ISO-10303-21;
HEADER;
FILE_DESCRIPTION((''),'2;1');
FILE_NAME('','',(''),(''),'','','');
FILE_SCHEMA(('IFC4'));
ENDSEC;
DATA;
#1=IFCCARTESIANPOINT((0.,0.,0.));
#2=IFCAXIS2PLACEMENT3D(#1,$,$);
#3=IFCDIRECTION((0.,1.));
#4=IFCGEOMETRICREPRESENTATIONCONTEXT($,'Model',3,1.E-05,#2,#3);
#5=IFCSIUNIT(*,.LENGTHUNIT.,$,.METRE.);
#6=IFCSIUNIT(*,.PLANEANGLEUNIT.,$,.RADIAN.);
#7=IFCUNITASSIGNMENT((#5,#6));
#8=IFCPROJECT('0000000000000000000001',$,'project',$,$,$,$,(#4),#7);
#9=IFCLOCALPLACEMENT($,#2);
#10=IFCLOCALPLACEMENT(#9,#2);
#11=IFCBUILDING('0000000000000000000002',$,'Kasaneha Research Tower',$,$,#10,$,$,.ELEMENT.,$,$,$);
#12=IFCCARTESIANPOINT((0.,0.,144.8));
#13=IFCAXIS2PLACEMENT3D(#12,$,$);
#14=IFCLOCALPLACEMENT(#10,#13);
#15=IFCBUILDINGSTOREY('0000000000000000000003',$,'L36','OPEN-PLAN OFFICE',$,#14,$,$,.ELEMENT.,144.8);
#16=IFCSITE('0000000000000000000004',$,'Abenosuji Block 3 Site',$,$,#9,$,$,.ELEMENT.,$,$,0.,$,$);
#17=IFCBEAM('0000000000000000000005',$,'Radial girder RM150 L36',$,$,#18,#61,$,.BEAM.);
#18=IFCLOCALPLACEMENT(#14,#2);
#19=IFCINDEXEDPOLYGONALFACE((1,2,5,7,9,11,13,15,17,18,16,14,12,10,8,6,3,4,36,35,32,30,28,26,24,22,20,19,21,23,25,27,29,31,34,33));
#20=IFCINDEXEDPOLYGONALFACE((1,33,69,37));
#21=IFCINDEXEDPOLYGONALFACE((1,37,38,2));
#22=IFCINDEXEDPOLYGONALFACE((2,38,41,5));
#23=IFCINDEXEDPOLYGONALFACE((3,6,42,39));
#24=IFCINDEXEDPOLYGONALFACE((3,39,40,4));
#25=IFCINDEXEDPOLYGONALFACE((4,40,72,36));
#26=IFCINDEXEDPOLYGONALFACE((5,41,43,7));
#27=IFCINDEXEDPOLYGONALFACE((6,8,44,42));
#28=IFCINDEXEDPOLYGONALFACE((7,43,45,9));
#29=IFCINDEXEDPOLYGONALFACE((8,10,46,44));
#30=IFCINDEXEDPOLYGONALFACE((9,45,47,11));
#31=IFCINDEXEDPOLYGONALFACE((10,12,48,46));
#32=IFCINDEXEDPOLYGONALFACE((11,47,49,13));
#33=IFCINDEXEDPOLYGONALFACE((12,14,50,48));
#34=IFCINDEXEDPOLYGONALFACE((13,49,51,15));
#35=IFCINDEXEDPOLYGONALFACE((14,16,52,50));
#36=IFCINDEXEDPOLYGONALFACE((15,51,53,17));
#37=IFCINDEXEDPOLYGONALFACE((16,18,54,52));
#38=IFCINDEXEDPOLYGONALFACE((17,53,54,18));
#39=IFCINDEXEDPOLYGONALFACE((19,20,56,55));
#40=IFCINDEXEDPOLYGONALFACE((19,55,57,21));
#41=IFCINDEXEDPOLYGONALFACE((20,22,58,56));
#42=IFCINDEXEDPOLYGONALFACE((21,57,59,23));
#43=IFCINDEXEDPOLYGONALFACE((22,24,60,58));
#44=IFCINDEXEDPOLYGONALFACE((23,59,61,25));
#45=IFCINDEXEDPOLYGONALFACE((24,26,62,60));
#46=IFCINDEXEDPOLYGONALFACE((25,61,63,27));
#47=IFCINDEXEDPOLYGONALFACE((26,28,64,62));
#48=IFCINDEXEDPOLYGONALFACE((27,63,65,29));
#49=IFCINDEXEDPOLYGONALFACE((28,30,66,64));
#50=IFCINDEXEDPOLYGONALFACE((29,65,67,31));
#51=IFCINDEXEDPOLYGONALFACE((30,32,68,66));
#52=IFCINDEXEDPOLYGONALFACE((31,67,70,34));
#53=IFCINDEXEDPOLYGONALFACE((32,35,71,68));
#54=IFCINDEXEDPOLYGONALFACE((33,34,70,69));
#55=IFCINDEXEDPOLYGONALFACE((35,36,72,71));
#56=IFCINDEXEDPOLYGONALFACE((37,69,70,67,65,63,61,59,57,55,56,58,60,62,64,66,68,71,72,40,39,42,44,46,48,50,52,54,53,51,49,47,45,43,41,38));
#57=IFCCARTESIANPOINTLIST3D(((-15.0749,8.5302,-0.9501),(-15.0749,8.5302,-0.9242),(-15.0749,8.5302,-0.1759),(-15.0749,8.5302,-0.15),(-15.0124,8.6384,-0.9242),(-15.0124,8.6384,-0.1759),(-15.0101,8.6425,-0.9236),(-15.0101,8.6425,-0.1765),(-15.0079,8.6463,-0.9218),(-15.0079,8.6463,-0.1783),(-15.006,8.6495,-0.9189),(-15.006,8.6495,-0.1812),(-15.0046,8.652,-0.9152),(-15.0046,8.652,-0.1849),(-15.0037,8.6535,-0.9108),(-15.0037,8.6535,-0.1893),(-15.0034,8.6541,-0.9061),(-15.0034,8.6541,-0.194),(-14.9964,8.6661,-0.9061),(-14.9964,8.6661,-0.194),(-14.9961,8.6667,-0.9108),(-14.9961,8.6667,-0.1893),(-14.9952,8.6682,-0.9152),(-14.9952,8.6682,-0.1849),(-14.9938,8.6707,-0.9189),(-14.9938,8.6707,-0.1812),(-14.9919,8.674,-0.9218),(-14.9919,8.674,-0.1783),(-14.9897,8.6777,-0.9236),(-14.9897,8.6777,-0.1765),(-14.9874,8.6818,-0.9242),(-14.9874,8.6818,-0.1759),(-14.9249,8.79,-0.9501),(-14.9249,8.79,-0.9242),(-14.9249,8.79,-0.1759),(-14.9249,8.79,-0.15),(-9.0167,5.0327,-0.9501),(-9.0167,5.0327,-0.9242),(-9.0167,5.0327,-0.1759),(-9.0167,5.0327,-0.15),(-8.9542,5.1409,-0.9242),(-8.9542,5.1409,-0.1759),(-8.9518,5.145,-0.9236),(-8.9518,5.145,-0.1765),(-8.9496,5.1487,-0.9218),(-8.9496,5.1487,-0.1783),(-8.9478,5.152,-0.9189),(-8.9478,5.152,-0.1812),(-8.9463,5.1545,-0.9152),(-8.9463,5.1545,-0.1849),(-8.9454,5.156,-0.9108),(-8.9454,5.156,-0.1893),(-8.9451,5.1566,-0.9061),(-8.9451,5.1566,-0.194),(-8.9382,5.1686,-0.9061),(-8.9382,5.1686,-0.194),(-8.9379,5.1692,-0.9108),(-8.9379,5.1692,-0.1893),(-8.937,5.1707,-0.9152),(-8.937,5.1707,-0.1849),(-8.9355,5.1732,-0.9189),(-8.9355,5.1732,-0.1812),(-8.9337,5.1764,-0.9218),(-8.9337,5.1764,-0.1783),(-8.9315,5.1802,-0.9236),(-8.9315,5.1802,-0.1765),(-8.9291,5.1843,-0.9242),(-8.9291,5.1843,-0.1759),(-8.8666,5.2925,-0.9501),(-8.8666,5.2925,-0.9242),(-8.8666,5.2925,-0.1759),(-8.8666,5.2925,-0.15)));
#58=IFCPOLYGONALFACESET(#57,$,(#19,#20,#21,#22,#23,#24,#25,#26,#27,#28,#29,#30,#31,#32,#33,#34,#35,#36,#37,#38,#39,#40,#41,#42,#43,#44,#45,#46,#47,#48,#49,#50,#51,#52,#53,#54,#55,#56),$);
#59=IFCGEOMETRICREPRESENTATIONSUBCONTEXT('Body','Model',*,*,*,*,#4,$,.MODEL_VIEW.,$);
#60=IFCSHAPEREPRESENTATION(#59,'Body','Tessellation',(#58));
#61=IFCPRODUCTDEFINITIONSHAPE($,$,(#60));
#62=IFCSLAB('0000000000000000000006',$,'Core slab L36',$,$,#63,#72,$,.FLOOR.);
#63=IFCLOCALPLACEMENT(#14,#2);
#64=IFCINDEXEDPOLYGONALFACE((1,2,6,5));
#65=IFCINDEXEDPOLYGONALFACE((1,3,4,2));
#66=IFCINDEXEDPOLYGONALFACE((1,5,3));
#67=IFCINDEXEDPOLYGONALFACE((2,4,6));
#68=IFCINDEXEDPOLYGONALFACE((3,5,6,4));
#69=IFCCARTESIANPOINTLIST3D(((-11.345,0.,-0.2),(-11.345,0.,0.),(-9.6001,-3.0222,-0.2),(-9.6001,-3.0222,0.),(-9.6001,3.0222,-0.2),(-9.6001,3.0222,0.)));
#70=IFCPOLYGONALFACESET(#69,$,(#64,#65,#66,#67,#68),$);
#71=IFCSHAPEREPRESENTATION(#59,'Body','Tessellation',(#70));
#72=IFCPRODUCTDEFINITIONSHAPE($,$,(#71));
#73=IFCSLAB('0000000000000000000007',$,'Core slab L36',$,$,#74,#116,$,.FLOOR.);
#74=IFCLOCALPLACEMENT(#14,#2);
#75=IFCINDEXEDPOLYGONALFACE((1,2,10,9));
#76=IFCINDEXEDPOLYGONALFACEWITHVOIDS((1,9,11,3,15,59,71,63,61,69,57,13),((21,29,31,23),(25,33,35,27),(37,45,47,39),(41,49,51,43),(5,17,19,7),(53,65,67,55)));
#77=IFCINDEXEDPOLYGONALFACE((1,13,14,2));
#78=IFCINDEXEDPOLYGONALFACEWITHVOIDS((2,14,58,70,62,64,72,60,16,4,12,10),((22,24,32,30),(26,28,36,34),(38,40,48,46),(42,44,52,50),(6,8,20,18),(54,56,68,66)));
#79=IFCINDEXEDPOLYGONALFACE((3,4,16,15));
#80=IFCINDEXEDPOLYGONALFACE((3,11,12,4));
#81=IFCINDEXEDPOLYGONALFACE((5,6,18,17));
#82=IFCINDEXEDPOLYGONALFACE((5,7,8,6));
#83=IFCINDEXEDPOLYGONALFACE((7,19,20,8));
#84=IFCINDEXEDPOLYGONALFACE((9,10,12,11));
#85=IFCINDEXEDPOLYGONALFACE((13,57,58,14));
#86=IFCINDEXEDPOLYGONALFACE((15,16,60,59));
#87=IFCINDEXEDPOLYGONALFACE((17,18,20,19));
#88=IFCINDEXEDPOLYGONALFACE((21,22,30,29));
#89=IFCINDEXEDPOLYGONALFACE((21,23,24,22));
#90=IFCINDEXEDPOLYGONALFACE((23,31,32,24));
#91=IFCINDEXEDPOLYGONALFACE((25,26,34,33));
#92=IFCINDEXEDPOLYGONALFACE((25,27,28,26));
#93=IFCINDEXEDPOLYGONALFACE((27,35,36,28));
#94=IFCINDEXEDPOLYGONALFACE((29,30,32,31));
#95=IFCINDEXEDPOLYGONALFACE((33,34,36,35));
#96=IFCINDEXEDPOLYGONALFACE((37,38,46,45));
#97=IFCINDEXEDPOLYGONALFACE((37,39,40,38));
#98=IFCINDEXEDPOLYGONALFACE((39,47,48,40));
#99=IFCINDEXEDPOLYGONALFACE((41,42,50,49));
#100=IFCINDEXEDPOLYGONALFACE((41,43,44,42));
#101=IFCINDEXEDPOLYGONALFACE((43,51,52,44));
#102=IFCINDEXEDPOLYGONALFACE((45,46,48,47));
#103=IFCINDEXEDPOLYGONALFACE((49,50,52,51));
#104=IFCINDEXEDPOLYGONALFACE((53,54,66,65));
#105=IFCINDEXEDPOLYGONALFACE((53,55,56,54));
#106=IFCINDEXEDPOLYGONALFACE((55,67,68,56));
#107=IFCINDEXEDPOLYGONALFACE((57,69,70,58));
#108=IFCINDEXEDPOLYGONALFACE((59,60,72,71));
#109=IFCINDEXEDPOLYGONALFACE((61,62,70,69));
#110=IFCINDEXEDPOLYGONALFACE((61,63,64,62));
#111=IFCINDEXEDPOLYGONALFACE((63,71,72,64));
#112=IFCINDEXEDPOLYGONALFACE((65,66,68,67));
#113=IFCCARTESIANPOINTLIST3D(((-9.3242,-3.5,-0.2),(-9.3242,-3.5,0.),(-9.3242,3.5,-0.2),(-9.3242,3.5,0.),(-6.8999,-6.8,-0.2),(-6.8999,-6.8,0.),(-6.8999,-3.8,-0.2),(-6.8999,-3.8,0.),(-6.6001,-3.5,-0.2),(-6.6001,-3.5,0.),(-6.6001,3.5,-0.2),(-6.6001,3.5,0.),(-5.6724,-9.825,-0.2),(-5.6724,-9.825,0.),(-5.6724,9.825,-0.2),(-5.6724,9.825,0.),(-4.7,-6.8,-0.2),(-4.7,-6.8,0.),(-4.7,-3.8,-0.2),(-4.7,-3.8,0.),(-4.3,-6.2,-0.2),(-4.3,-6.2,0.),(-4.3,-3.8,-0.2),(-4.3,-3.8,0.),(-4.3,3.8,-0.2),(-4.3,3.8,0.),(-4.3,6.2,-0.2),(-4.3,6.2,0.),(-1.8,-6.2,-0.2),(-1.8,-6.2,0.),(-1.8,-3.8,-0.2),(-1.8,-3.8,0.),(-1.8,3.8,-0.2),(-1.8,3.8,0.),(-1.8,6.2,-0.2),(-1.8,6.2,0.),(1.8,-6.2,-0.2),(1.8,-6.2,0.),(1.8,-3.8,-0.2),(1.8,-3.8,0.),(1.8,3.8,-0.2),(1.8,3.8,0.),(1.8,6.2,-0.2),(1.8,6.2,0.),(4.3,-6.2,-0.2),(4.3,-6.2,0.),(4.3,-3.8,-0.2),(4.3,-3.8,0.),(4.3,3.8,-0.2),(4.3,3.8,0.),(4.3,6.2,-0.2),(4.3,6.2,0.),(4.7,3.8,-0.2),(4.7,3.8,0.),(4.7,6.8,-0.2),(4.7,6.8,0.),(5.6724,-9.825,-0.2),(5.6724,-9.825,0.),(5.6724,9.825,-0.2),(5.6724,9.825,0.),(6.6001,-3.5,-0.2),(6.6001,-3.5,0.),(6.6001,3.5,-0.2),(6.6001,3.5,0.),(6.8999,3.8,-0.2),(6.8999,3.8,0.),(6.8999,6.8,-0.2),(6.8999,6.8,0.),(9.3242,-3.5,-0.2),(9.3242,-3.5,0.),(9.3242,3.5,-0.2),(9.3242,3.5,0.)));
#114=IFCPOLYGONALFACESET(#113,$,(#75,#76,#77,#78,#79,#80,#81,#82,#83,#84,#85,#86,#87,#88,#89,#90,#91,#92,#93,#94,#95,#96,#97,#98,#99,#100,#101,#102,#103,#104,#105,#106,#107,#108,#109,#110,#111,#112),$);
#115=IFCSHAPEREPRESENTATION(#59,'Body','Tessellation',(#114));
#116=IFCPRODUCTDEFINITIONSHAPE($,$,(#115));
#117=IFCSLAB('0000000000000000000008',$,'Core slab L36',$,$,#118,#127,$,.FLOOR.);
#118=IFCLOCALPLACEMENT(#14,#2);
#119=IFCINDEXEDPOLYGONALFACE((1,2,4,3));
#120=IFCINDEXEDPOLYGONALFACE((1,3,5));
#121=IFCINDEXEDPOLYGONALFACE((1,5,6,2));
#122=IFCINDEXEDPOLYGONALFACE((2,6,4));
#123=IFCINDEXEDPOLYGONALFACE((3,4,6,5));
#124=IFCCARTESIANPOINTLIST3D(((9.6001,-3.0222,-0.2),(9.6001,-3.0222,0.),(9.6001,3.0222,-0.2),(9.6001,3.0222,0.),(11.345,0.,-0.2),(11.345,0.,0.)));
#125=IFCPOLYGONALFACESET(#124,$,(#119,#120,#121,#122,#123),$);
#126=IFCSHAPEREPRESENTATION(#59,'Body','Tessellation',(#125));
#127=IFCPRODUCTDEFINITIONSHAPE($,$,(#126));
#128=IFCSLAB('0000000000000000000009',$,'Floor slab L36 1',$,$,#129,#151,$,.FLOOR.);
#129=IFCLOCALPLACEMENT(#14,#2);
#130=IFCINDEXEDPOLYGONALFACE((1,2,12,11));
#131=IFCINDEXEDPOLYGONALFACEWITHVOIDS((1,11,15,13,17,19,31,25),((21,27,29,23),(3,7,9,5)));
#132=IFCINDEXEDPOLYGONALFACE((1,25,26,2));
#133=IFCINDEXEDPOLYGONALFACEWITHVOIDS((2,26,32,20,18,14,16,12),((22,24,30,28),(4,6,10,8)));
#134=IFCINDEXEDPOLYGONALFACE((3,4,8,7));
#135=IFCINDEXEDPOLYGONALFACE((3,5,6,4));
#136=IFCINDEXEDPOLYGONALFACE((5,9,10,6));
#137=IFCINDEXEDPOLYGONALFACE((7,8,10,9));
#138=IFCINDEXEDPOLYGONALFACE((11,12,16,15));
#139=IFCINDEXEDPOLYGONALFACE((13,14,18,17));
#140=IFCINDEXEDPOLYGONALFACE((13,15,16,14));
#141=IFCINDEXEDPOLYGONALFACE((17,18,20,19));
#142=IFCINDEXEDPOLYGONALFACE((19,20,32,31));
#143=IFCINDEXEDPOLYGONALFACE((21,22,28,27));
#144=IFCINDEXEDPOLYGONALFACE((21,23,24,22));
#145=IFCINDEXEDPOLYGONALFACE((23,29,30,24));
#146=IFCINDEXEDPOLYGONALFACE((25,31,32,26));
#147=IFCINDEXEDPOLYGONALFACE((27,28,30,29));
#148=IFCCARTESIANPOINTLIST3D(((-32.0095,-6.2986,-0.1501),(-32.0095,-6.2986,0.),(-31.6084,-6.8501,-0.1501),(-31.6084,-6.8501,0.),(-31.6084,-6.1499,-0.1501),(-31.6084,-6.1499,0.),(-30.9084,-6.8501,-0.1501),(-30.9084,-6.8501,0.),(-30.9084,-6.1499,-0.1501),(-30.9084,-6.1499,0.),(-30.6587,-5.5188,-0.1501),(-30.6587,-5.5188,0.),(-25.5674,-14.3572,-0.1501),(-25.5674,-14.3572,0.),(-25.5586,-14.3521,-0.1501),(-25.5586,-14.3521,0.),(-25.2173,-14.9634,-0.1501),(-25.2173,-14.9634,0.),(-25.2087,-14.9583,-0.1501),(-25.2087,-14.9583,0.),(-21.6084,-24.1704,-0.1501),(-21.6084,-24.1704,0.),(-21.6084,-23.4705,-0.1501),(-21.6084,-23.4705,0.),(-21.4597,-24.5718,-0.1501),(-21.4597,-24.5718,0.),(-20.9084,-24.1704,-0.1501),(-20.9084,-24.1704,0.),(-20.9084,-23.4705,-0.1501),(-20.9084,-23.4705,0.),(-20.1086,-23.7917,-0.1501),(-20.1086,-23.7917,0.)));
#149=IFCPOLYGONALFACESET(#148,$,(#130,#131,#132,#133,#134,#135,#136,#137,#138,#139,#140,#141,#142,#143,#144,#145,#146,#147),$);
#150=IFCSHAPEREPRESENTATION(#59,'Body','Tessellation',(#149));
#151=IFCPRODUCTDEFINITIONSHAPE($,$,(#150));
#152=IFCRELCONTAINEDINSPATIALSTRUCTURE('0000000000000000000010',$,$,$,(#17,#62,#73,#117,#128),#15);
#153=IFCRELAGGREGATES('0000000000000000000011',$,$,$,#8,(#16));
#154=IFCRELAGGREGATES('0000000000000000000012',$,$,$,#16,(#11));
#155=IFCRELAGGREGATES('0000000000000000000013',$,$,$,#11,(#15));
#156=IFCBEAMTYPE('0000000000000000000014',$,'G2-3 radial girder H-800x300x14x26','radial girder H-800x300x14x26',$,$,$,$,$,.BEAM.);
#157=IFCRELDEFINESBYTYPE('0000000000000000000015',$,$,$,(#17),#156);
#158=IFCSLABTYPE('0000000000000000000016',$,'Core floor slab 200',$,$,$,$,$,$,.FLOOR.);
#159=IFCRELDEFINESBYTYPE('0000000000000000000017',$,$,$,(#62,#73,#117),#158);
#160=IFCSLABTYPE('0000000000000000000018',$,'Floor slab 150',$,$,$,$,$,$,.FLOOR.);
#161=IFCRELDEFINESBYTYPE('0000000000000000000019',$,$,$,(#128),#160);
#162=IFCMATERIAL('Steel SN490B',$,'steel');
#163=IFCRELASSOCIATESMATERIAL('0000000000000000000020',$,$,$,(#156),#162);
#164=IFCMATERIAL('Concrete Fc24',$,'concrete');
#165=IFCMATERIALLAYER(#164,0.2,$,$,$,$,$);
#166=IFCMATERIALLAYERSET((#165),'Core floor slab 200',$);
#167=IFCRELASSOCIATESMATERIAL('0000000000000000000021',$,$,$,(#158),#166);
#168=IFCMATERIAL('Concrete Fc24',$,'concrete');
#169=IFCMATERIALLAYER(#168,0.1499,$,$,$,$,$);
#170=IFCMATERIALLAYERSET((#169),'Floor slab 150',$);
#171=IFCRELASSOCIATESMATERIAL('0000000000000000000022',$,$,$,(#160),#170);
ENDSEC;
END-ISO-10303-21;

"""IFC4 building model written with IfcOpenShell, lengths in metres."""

from ifc_helpers import new_model, si_unit, direction, frame, origin, origin_2d, place, context, subcontext, project, spatial, polyline, i_section, outline, extrude, material, layer, layer_set, material_profile, profile_set, type_object, element, save


model = new_model("IFC4")

# Units and contexts
model_context = context("Model", 3, precision=1e-05, world=origin(), true_north=direction((0.0, 1.0)))
body_context = subcontext(model_context, "Body", "Model", "MODEL_VIEW")
ifc_project = project(units=[si_unit("LENGTHUNIT", "METRE"), si_unit("PLANEANGLEUNIT", "RADIAN")], contexts=[model_context])

# Site, building, storey
site_placement = place(None, origin())
site = spatial("IfcSite", under=ifc_project, at=site_placement, Name="Abenosuji Block 3 Site", CompositionType="ELEMENT", RefElevation=0.0)
building_placement = place(site_placement, origin())
building = spatial("IfcBuilding", under=site, at=building_placement, Name="Kasaneha Research Tower", CompositionType="ELEMENT")
storey_placement = place(building_placement, frame((0.0, 0.0, 144.8)))
storey = spatial("IfcBuildingStorey", under=building, at=storey_placement, Name="L36", Description="OPEN-PLAN OFFICE", CompositionType="ELEMENT", Elevation=144.8)

# Beam
ifc_material_1 = material(Name="Steel SN490B", Category="steel")
ifc_material_profile = material_profile(ifc_material_1, i_section(OverallWidth=0.3, OverallDepth=0.8, WebThickness=0.0139, FlangeThickness=0.0259, FilletRadius=0.0181, at=origin_2d()), Name="H-800x300x14x26")
ifc_profile_set = profile_set([ifc_material_profile], Name="Steel SN490B")
beam_type = type_object("IfcBeamType", Name="G2-3 radial girder H-800x300x14x26", Description="radial girder H-800x300x14x26", PredefinedType="BEAM", material=ifc_profile_set)
beam_placement = place(storey_placement, frame((-8.9417, 5.1626, -0.55), z_axis=(-0.86604, 0.499975, 0.0), x_axis=(-0.499975, -0.86604, 0.0)))
element("IfcBeam", 1, at=beam_placement, inside=storey, type_object=beam_type, Name="Radial girder RM150 L36", PredefinedType="BEAM", context=body_context, shape_type="SweptSolid", body=[
    extrude(i_section(OverallWidth=0.3, OverallDepth=0.8, WebThickness=0.0139, FlangeThickness=0.0259, FilletRadius=0.0181, at=origin_2d()), origin(), (0.0, 0.0, 1.0), 6.9954),
])

# Slabs
ifc_material_2 = material(Name="Concrete Fc24", Category="concrete")
ifc_layer_1 = layer(ifc_material_2, 0.2)
ifc_layer_set_1 = layer_set([ifc_layer_1], Name="Core floor slab 200")
slab_type_1 = type_object("IfcSlabType", Name="Core floor slab 200", PredefinedType="FLOOR", material=ifc_layer_set_1)
slab_1_placement = place(storey_placement, frame((0.0, 0.0, -0.2)))
element("IfcSlab", 2, at=slab_1_placement, inside=storey, type_object=slab_type_1, Name="Core slab L36", PredefinedType="FLOOR", context=body_context, shape_type="SweptSolid", body=[
    extrude(outline(polyline([(-11.345, 0.0), (-9.6001, 3.0222), (-9.6001, -3.0222), (-11.345, 0.0)])), origin(), (0.0, 0.0, 1.0), 0.2),
])
slab_2_placement = place(storey_placement, frame((0.0, 0.0, -0.2)))
element("IfcSlab", 3, at=slab_2_placement, inside=storey, type_object=slab_type_1, Name="Core slab L36", PredefinedType="FLOOR", context=body_context, shape_type="SweptSolid", body=[
    extrude(outline(polyline([(-5.6724, 9.825), (5.6724, 9.825), (9.3242, 3.5), (6.6001, 3.5), (6.6001, -3.5), (9.3242, -3.5), (5.6724, -9.825), (-5.6724, -9.825), (-9.3242, -3.5), (-6.6001, -3.5), (-6.6001, 3.5), (-9.3242, 3.5), (-5.6724, 9.825)]), holes=[polyline([(-6.8999, -3.8), (-6.8999, -6.8), (-4.7, -6.8), (-4.7, -3.8), (-6.8999, -3.8)]), polyline([(-4.3, -3.8), (-4.3, -6.2), (-1.8, -6.2), (-1.8, -3.8), (-4.3, -3.8)]), polyline([(1.8, -3.8), (1.8, -6.2), (4.3, -6.2), (4.3, -3.8), (1.8, -3.8)]), polyline([(-4.3, 6.2), (-4.3, 3.8), (-1.8, 3.8), (-1.8, 6.2), (-4.3, 6.2)]), polyline([(1.8, 6.2), (1.8, 3.8), (4.3, 3.8), (4.3, 6.2), (1.8, 6.2)]), polyline([(4.7, 6.8), (4.7, 3.8), (6.8999, 3.8), (6.8999, 6.8), (4.7, 6.8)])]), origin(), (0.0, 0.0, 1.0), 0.2),
])
slab_3_placement = place(storey_placement, frame((0.0, 0.0, -0.2)))
element("IfcSlab", 4, at=slab_3_placement, inside=storey, type_object=slab_type_1, Name="Core slab L36", PredefinedType="FLOOR", context=body_context, shape_type="SweptSolid", body=[
    extrude(outline(polyline([(11.345, 0.0), (9.6001, -3.0222), (9.6001, 3.0222), (11.345, 0.0)])), origin(), (0.0, 0.0, 1.0), 0.2),
])
ifc_material_3 = material(Name="Concrete Fc24", Category="concrete")
ifc_layer_2 = layer(ifc_material_3, 0.1499)
ifc_layer_set_2 = layer_set([ifc_layer_2], Name="Floor slab 150")
slab_type_2 = type_object("IfcSlabType", Name="Floor slab 150", PredefinedType="FLOOR", material=ifc_layer_set_2)
slab_4_placement = place(storey_placement, frame((0.0, 0.0, -0.1501)))
element("IfcSlab", 5, at=slab_4_placement, inside=storey, type_object=slab_type_2, Name="Floor slab L36 1", PredefinedType="FLOOR", context=body_context, shape_type="SweptSolid", body=[
    extrude(outline(polyline([(-32.0095, -6.2986), (-30.6587, -5.5188), (-25.5586, -14.3521), (-25.5674, -14.3572), (-25.2173, -14.9634), (-25.2087, -14.9583), (-20.1086, -23.7917), (-21.4597, -24.5718), (-32.0095, -6.2986)]), holes=[polyline([(-20.9084, -24.1704), (-20.9084, -23.4705), (-21.6084, -23.4705), (-21.6084, -24.1704), (-20.9084, -24.1704)]), polyline([(-30.9084, -6.8501), (-30.9084, -6.1499), (-31.6084, -6.1499), (-31.6084, -6.8501), (-30.9084, -6.8501)])]), origin(), (0.0, 0.0, 1.0), 0.1501),
])

save(model, "model.ifc")
